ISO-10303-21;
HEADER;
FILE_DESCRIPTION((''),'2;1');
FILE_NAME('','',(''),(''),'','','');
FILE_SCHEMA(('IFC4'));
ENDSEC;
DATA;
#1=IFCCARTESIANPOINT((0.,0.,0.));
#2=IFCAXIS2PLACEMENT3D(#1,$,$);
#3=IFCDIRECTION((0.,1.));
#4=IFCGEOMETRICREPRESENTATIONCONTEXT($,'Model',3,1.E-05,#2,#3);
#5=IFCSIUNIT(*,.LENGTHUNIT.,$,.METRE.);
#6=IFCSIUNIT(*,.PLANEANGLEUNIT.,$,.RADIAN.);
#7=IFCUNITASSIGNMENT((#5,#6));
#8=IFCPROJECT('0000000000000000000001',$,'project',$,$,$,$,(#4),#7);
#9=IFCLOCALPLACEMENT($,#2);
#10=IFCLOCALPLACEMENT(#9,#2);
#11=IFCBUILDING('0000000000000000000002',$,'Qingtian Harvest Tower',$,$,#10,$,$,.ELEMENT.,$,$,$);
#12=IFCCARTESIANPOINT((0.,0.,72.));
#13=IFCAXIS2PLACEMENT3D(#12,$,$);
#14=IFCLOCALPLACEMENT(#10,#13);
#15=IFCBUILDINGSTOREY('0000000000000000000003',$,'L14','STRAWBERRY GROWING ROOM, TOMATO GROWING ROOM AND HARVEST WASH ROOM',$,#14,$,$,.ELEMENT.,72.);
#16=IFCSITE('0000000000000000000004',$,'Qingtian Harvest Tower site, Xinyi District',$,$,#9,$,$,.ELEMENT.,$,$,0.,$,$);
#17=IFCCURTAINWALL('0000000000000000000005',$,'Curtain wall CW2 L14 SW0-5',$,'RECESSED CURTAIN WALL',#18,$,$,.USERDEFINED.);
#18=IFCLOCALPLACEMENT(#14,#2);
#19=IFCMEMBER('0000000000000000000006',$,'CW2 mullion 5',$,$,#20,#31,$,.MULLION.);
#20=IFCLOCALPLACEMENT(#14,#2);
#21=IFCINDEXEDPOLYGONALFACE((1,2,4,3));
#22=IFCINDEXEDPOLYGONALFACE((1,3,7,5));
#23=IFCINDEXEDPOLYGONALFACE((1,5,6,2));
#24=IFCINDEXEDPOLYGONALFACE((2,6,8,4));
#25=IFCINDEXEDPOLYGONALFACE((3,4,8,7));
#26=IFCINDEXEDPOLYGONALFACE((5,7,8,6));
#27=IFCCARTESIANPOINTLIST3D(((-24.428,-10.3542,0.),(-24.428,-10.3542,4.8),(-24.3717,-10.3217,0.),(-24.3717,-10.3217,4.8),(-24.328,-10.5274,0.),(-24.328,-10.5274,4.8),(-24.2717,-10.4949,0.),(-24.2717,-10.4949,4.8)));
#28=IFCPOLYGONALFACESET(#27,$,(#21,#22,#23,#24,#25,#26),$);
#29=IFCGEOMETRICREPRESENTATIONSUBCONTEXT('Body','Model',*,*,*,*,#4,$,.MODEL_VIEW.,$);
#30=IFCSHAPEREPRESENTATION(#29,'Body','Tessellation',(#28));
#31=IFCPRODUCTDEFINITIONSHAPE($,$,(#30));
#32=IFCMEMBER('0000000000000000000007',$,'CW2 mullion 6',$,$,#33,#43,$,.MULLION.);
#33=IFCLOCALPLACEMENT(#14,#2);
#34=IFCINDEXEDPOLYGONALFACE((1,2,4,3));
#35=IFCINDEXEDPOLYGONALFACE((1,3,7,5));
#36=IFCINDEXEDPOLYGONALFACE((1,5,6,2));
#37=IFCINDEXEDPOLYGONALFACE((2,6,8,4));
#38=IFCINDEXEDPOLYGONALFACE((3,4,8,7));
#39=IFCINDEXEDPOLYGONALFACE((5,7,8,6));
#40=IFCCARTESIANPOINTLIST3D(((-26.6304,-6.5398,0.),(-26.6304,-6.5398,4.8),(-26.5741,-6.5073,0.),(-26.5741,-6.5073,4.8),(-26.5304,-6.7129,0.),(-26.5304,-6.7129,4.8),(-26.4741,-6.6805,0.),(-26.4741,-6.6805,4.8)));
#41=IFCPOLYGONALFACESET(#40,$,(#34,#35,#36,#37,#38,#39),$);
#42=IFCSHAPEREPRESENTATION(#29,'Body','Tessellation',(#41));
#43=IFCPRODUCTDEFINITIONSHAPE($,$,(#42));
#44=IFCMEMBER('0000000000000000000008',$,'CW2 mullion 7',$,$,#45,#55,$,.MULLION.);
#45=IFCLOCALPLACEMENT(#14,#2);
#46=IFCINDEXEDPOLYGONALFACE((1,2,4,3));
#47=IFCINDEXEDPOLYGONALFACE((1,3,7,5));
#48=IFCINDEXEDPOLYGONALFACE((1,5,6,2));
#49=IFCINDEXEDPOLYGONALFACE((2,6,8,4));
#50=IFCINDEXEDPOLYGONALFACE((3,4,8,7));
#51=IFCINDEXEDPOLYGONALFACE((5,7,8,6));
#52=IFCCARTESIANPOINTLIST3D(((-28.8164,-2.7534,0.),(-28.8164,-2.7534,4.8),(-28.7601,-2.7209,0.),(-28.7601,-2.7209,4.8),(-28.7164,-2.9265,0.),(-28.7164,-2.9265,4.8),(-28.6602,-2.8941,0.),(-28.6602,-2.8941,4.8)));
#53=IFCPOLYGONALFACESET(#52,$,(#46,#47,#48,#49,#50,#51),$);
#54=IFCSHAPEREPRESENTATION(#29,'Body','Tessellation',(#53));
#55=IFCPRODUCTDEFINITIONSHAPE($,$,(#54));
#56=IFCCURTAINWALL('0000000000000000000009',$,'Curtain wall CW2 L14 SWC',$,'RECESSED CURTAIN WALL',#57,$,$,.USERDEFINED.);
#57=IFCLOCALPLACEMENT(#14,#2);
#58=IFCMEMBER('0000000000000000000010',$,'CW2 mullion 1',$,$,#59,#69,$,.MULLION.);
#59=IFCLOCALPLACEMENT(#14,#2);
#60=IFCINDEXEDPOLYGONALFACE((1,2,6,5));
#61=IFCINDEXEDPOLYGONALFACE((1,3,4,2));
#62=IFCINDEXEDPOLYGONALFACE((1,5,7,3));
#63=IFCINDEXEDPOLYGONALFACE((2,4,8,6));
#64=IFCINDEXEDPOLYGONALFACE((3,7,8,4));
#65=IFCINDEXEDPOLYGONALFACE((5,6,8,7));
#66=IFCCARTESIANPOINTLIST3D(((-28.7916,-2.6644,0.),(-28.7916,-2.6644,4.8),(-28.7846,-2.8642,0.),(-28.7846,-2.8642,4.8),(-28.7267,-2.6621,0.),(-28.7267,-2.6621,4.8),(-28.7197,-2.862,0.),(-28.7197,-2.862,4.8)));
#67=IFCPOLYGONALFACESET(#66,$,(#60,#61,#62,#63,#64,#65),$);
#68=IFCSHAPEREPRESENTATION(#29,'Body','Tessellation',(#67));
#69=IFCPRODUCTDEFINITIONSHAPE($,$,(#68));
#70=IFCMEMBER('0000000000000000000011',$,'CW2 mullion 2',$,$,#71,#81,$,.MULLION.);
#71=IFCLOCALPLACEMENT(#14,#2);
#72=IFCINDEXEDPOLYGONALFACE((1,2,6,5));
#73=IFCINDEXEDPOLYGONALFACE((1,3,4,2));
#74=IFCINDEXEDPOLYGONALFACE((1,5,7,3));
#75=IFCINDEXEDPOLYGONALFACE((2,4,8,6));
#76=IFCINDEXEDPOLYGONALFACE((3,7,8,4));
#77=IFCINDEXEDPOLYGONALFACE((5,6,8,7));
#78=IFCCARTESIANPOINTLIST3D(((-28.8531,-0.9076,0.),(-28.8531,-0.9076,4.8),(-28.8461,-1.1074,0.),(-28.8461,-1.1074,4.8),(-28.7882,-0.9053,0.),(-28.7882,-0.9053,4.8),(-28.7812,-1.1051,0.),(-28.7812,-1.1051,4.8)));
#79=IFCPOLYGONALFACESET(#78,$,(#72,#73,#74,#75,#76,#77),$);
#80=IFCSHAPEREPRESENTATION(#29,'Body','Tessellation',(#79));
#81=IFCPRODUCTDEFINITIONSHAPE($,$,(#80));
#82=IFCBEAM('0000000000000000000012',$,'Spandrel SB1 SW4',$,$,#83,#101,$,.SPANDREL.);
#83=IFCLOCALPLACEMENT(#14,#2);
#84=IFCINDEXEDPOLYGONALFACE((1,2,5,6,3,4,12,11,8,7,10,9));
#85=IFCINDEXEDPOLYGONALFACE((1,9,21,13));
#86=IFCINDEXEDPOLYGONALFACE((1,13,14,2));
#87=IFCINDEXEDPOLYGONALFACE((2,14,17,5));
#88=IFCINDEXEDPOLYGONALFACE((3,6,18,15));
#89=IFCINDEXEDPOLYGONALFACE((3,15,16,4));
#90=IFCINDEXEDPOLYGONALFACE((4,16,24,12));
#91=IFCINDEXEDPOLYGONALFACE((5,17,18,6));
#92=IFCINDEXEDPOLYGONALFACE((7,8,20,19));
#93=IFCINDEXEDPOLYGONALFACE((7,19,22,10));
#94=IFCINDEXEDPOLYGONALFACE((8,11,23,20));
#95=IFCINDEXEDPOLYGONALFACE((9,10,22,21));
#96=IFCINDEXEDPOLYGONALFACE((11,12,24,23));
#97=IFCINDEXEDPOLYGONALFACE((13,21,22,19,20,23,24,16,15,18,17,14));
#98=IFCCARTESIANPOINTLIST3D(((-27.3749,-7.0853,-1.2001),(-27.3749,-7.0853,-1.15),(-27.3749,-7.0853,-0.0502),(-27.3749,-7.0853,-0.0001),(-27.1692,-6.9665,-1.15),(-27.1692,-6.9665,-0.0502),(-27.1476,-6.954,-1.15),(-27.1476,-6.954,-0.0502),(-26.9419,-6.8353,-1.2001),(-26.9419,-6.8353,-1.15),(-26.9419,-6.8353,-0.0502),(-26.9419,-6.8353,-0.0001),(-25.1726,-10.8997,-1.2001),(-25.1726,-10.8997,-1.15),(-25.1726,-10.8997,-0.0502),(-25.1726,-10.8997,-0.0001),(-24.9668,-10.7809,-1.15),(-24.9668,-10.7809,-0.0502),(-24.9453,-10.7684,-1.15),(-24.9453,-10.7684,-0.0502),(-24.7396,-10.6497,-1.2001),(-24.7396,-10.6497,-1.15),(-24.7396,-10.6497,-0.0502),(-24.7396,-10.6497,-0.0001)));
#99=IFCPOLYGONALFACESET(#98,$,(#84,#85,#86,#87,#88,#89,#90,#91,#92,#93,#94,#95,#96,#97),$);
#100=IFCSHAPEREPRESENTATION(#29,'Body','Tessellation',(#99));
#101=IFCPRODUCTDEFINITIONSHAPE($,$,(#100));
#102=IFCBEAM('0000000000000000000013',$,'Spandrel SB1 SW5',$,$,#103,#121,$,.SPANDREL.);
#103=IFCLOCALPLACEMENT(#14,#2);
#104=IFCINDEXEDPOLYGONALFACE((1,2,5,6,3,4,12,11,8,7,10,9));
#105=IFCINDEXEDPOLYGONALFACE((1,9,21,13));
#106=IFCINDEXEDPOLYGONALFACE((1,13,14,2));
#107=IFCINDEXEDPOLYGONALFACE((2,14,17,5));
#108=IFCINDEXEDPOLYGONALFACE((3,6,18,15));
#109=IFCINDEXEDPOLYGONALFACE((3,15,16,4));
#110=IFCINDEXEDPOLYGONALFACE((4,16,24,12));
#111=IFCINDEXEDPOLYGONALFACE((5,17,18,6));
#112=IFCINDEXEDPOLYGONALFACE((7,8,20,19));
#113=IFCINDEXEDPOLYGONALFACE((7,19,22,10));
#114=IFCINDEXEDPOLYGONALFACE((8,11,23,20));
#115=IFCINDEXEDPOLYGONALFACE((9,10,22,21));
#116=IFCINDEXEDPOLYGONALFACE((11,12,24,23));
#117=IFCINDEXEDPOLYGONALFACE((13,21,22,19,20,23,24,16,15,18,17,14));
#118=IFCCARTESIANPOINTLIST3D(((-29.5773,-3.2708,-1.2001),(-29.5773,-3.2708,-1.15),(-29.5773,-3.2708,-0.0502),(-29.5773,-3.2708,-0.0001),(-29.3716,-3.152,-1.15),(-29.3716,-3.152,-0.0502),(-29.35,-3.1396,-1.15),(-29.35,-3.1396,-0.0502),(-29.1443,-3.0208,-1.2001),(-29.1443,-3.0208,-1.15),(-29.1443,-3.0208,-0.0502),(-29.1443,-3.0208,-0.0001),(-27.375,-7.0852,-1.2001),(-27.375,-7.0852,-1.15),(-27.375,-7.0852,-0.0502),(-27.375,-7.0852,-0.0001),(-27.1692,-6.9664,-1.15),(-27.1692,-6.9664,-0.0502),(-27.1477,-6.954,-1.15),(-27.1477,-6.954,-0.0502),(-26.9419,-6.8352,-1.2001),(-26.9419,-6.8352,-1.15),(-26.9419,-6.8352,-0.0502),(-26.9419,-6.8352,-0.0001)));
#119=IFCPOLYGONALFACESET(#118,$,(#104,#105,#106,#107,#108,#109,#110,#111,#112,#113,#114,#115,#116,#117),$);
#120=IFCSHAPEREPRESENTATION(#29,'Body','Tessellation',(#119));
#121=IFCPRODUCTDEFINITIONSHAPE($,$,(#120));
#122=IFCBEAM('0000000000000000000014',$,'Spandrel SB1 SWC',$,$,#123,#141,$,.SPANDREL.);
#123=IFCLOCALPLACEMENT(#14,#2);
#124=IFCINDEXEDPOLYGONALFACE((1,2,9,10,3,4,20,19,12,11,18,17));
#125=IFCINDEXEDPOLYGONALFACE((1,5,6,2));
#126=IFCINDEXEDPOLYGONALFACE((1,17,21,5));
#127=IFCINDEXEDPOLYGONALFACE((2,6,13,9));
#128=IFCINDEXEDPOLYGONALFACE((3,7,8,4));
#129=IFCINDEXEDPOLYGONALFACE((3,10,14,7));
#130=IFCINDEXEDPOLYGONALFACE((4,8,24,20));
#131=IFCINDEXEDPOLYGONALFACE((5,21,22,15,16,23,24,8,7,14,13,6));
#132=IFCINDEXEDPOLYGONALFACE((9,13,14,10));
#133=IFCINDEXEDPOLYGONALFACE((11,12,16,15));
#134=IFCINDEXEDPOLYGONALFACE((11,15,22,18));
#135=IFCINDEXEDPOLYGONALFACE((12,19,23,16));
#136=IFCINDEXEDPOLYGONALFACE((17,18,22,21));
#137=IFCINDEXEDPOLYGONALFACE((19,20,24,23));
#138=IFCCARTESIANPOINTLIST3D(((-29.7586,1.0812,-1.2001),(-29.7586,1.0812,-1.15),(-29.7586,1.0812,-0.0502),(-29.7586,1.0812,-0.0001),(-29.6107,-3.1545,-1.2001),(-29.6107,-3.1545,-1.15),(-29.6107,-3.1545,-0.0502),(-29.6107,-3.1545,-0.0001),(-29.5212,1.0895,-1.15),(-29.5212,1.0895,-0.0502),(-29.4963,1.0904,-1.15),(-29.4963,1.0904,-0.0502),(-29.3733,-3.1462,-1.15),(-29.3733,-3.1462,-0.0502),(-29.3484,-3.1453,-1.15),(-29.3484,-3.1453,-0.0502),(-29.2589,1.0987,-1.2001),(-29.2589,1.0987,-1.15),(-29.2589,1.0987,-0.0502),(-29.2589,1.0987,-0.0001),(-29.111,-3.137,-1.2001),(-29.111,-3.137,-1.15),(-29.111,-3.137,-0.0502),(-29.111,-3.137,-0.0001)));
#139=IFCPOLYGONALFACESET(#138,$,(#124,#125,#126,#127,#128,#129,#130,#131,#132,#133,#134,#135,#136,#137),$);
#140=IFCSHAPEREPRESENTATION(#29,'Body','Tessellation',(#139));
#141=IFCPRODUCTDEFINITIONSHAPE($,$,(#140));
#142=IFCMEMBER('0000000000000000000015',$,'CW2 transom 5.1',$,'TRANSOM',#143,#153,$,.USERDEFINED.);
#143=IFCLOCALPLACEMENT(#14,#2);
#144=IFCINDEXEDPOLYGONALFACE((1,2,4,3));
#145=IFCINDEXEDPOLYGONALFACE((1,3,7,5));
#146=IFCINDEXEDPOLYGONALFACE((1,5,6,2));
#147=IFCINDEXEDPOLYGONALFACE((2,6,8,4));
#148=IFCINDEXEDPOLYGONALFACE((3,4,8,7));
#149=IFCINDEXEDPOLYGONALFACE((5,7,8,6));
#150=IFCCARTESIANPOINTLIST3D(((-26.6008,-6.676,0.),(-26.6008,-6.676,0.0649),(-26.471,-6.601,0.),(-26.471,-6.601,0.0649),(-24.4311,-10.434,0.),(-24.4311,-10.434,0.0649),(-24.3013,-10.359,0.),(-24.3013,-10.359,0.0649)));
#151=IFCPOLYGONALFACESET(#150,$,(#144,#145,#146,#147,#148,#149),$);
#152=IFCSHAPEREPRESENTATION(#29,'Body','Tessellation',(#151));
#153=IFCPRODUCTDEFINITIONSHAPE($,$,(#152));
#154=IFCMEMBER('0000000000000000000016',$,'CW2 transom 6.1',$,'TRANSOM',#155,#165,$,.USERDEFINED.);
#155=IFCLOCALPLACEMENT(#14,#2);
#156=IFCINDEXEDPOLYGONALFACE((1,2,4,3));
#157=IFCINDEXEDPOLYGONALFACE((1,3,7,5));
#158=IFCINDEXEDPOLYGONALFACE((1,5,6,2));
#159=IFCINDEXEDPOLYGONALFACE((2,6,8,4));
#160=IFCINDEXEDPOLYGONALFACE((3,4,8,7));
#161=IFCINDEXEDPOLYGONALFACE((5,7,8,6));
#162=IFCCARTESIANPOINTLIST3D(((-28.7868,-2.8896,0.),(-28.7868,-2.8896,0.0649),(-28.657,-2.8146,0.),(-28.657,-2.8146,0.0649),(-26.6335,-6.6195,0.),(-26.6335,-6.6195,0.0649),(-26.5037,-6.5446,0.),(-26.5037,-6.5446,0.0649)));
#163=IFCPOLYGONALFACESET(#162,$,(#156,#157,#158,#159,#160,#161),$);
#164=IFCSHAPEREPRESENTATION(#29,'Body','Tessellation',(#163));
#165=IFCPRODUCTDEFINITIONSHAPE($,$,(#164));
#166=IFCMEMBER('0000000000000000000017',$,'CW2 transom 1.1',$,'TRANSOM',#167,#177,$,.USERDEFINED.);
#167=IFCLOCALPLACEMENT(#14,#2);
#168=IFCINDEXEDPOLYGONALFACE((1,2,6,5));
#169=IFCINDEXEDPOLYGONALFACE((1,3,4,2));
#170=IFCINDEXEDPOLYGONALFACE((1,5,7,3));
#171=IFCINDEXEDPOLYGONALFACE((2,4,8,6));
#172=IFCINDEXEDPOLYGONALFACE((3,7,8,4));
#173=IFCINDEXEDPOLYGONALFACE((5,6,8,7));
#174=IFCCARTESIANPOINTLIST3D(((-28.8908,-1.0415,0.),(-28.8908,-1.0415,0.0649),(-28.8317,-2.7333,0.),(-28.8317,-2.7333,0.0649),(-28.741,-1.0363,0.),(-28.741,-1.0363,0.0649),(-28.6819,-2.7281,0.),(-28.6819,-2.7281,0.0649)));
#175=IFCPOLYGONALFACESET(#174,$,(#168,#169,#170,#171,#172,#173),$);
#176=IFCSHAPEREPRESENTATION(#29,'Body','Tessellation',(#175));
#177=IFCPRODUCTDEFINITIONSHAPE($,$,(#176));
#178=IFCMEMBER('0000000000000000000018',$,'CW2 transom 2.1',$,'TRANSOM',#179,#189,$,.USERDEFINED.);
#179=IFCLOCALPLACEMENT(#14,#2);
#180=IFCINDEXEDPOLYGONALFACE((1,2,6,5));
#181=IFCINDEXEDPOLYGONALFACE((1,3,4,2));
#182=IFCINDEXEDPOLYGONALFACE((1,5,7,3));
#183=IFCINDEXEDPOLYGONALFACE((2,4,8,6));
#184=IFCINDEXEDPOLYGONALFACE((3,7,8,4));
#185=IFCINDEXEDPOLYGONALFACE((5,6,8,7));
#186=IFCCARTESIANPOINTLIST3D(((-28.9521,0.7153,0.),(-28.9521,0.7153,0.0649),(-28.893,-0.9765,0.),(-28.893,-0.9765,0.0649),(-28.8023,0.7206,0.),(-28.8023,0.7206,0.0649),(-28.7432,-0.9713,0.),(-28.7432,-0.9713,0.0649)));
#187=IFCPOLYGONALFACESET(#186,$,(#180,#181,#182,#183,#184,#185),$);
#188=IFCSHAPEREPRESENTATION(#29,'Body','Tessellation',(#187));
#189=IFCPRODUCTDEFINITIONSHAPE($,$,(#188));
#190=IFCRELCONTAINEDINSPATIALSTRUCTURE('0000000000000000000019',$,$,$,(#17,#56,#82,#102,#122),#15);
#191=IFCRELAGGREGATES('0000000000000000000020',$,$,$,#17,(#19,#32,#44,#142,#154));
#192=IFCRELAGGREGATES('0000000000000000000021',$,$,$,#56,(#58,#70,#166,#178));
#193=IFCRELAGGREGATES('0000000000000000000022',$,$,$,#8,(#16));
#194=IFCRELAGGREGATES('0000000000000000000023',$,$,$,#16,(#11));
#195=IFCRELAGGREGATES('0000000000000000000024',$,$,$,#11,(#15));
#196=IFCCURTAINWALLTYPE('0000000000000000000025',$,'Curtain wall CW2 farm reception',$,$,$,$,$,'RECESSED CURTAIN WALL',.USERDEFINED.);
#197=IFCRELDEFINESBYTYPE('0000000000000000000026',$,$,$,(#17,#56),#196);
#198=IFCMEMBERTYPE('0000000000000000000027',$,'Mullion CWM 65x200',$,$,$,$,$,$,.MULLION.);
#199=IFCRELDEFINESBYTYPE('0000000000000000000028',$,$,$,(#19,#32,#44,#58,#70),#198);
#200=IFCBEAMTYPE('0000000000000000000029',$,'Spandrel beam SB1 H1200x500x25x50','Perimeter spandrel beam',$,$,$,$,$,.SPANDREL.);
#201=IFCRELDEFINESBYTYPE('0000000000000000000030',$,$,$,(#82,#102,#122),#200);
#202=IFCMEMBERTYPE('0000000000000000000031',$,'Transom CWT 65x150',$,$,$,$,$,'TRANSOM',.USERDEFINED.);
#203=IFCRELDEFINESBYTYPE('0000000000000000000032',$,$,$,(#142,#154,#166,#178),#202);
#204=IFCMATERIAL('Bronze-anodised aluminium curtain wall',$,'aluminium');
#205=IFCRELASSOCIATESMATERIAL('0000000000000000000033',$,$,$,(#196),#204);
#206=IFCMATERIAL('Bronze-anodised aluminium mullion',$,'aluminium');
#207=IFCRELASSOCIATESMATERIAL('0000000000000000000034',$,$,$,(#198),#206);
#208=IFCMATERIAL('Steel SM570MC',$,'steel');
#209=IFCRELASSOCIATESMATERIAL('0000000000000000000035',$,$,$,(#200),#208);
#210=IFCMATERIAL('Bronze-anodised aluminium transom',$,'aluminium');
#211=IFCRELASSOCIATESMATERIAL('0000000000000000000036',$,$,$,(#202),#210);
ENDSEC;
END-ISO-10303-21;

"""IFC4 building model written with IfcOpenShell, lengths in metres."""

from ifc_helpers import new_model, si_unit, direction, frame, origin, origin_2d, place, context, subcontext, project, spatial, rectangle, i_section, extrude, material, material_profile, profile_set, type_object, element, aggregate, save


model = new_model("IFC4")

# Units and contexts
model_context = context("Model", 3, precision=1e-05, world=origin(), true_north=direction((0.0, 1.0)))
body_context = subcontext(model_context, "Body", "Model", "MODEL_VIEW")
ifc_project = project(units=[si_unit("LENGTHUNIT", "METRE"), si_unit("PLANEANGLEUNIT", "RADIAN")], contexts=[model_context])

# Site, building, storey
site_placement = place(None, origin())
site = spatial("IfcSite", under=ifc_project, at=site_placement, Name="Qingtian Harvest Tower site, Xinyi District", CompositionType="ELEMENT", RefElevation=0.0)
building_placement = place(site_placement, origin())
building = spatial("IfcBuilding", under=site, at=building_placement, Name="Qingtian Harvest Tower", CompositionType="ELEMENT")
storey_placement = place(building_placement, frame((0.0, 0.0, 72.0)))
storey = spatial("IfcBuildingStorey", under=building, at=storey_placement, Name="L14", Description="STRAWBERRY GROWING ROOM, TOMATO GROWING ROOM AND HARVEST WASH ROOM", CompositionType="ELEMENT", Elevation=72.0)

# Curtain walls, members
ifc_material_1 = material(Name="Bronze-anodised aluminium curtain wall", Category="aluminium")
curtain_wall_type = type_object("IfcCurtainWallType", Name="Curtain wall CW2 farm reception", ElementType="RECESSED CURTAIN WALL", PredefinedType="USERDEFINED", material=ifc_material_1)
curtain_wall_1_placement = place(storey_placement, origin())
curtain_wall_1 = element("IfcCurtainWall", 1, at=curtain_wall_1_placement, inside=storey, type_object=curtain_wall_type, Name="Curtain wall CW2 L14 SW0-5", ObjectType="RECESSED CURTAIN WALL", PredefinedType="USERDEFINED")
ifc_material_2 = material(Name="Bronze-anodised aluminium mullion", Category="aluminium")
ifc_material_profile_1 = material_profile(ifc_material_2, rectangle(XDim=0.0649, YDim=0.2, at=origin_2d()), Name="AL 65x200")
ifc_profile_set_1 = profile_set([ifc_material_profile_1], Name="Bronze-anodised aluminium mullion")
member_type_1 = type_object("IfcMemberType", Name="Mullion CWM 65x200", PredefinedType="MULLION", material=ifc_profile_set_1)
member_1_placement = place(storey_placement, frame((-24.3499, -10.4246, 0.0), z_axis=(0.0, 0.0, 1.0), x_axis=(-0.866025, -0.5, 0.0)))
member_1 = element("IfcMember", 2, at=member_1_placement, type_object=member_type_1, Name="CW2 mullion 5", PredefinedType="MULLION", context=body_context, shape_type="SweptSolid", body=[
    extrude(rectangle(XDim=0.0649, YDim=0.2, at=origin_2d()), origin(), (0.0, 0.0, 1.0), 4.8),
])
member_2_placement = place(storey_placement, frame((-26.5522, -6.6101, 0.0), z_axis=(0.0, 0.0, 1.0), x_axis=(-0.866025, -0.5, 0.0)))
member_2 = element("IfcMember", 3, at=member_2_placement, type_object=member_type_1, Name="CW2 mullion 6", PredefinedType="MULLION", context=body_context, shape_type="SweptSolid", body=[
    extrude(rectangle(XDim=0.0649, YDim=0.2, at=origin_2d()), origin(), (0.0, 0.0, 1.0), 4.8),
])
member_3_placement = place(storey_placement, frame((-28.7383, -2.8237, 0.0), z_axis=(0.0, 0.0, 1.0), x_axis=(-0.866025, -0.5, 0.0)))
member_3 = element("IfcMember", 4, at=member_3_placement, type_object=member_type_1, Name="CW2 mullion 7", PredefinedType="MULLION", context=body_context, shape_type="SweptSolid", body=[
    extrude(rectangle(XDim=0.0649, YDim=0.2, at=origin_2d()), origin(), (0.0, 0.0, 1.0), 4.8),
])
curtain_wall_2_placement = place(storey_placement, origin())
curtain_wall_2 = element("IfcCurtainWall", 5, at=curtain_wall_2_placement, inside=storey, type_object=curtain_wall_type, Name="Curtain wall CW2 L14 SWC", ObjectType="RECESSED CURTAIN WALL", PredefinedType="USERDEFINED")
member_4_placement = place(storey_placement, frame((-28.7556, -2.7632, 0.0), z_axis=(0.0, 0.0, 1.0), x_axis=(-0.999391, -0.034899, 0.0)))
member_4 = element("IfcMember", 6, at=member_4_placement, type_object=member_type_1, Name="CW2 mullion 1", PredefinedType="MULLION", context=body_context, shape_type="SweptSolid", body=[
    extrude(rectangle(XDim=0.0649, YDim=0.2, at=origin_2d()), origin(), (0.0, 0.0, 1.0), 4.8),
])
member_5_placement = place(storey_placement, frame((-28.8171, -1.0063, 0.0), z_axis=(0.0, 0.0, 1.0), x_axis=(-0.999391, -0.034899, 0.0)))
member_5 = element("IfcMember", 7, at=member_5_placement, type_object=member_type_1, Name="CW2 mullion 2", PredefinedType="MULLION", context=body_context, shape_type="SweptSolid", body=[
    extrude(rectangle(XDim=0.0649, YDim=0.2, at=origin_2d()), origin(), (0.0, 0.0, 1.0), 4.8),
])

# Beams
ifc_material_3 = material(Name="Steel SM570MC", Category="steel")
ifc_material_profile_2 = material_profile(ifc_material_3, i_section(OverallWidth=0.5, OverallDepth=1.2, WebThickness=0.0249, FlangeThickness=0.05, at=origin_2d()), Name="H1200x500x25x50")
ifc_profile_set_2 = profile_set([ifc_material_profile_2], Name="Steel SM570MC")
beam_type_1 = type_object("IfcBeamType", Name="Spandrel beam SB1 H1200x500x25x50", Description="Perimeter spandrel beam", PredefinedType="SPANDREL", material=ifc_profile_set_2)
for number, where, z_axis, x_axis, name in (
    (8, (-24.9561, -10.7747, -0.6001), (-0.50002, 0.866014, 0.0), (-0.866014, -0.50002, 0.0), "Spandrel SB1 SW4"),
    (9, (-27.1584, -6.9602, -0.6001), (-0.50002, 0.866014, 0.0), (-0.866014, -0.50002, 0.0), "Spandrel SB1 SW5"),
):
    element("IfcBeam", number, at=place(storey_placement, frame(where, z_axis=z_axis, x_axis=x_axis)), inside=storey, type_object=beam_type_1, Name=name, PredefinedType="SPANDREL", context=body_context, shape_type="SweptSolid", body=[
        extrude(i_section(OverallWidth=0.5, OverallDepth=1.2, WebThickness=0.0249, FlangeThickness=0.05, at=origin_2d()), origin(), (0.0, 0.0, 1.0), 4.4045),
    ])
beam_1_placement = place(storey_placement, frame((-29.3608, -3.1458, -0.6001), z_axis=(-0.034909, 0.999391, 0.0), x_axis=(-0.999391, -0.034909, 0.0)))
element("IfcBeam", 10, at=beam_1_placement, inside=storey, type_object=beam_type_1, Name="Spandrel SB1 SWC", PredefinedType="SPANDREL", context=body_context, shape_type="SweptSolid", body=[
    extrude(i_section(OverallWidth=0.5, OverallDepth=1.2, WebThickness=0.0249, FlangeThickness=0.05, at=origin_2d()), origin(), (0.0, 0.0, 1.0), 4.2383),
])

# Members
ifc_material_4 = material(Name="Bronze-anodised aluminium transom", Category="aluminium")
ifc_material_profile_3 = material_profile(ifc_material_4, rectangle(XDim=0.1499, YDim=0.0649, at=origin_2d()), Name="AL 65x150")
ifc_profile_set_3 = profile_set([ifc_material_profile_3], Name="Bronze-anodised aluminium transom")
member_type_2 = type_object("IfcMemberType", Name="Transom CWT 65x150", ElementType="TRANSOM", PredefinedType="USERDEFINED", material=ifc_profile_set_3)
member_6_placement = place(storey_placement, frame((-24.3662, -10.3965, 0.0325), z_axis=(-0.499994, 0.866029, 0.0), x_axis=(-0.866029, -0.499994, 0.0)))
member_6 = element("IfcMember", 11, at=member_6_placement, type_object=member_type_2, Name="CW2 transom 5.1", ObjectType="TRANSOM", PredefinedType="USERDEFINED", context=body_context, shape_type="SweptSolid", body=[
    extrude(rectangle(XDim=0.1499, YDim=0.0649, at=origin_2d()), origin(), (0.0, 0.0, 1.0), 4.3394),
])
member_7_placement = place(storey_placement, frame((-26.5686, -6.582, 0.0325), z_axis=(-0.499968, 0.866044, 0.0), x_axis=(-0.866044, -0.499968, 0.0)))
member_7 = element("IfcMember", 12, at=member_7_placement, type_object=member_type_2, Name="CW2 transom 6.1", ObjectType="TRANSOM", PredefinedType="USERDEFINED", context=body_context, shape_type="SweptSolid", body=[
    extrude(rectangle(XDim=0.1499, YDim=0.0649, at=origin_2d()), origin(), (0.0, 0.0, 1.0), 4.3069),
])
member_8_placement = place(storey_placement, frame((-28.7568, -2.7307, 0.0325), z_axis=(-0.034899, 0.999391, 0.0), x_axis=(-0.999391, -0.034899, 0.0)))
member_8 = element("IfcMember", 13, at=member_8_placement, type_object=member_type_2, Name="CW2 transom 1.1", ObjectType="TRANSOM", PredefinedType="USERDEFINED", context=body_context, shape_type="SweptSolid", body=[
    extrude(rectangle(XDim=0.1499, YDim=0.0649, at=origin_2d()), origin(), (0.0, 0.0, 1.0), 1.6929),
])
member_9_placement = place(storey_placement, frame((-28.8181, -0.9739, 0.0325), z_axis=(-0.034899, 0.999391, 0.0), x_axis=(-0.999391, -0.034899, 0.0)))
member_9 = element("IfcMember", 14, at=member_9_placement, type_object=member_type_2, Name="CW2 transom 2.1", ObjectType="TRANSOM", PredefinedType="USERDEFINED", context=body_context, shape_type="SweptSolid", body=[
    extrude(rectangle(XDim=0.1499, YDim=0.0649, at=origin_2d()), origin(), (0.0, 0.0, 1.0), 1.6929),
])

aggregate(curtain_wall_1, [member_1, member_2, member_3, member_6, member_7])
aggregate(curtain_wall_2, [member_4, member_5, member_8, member_9])

save(model, "model.ifc")
